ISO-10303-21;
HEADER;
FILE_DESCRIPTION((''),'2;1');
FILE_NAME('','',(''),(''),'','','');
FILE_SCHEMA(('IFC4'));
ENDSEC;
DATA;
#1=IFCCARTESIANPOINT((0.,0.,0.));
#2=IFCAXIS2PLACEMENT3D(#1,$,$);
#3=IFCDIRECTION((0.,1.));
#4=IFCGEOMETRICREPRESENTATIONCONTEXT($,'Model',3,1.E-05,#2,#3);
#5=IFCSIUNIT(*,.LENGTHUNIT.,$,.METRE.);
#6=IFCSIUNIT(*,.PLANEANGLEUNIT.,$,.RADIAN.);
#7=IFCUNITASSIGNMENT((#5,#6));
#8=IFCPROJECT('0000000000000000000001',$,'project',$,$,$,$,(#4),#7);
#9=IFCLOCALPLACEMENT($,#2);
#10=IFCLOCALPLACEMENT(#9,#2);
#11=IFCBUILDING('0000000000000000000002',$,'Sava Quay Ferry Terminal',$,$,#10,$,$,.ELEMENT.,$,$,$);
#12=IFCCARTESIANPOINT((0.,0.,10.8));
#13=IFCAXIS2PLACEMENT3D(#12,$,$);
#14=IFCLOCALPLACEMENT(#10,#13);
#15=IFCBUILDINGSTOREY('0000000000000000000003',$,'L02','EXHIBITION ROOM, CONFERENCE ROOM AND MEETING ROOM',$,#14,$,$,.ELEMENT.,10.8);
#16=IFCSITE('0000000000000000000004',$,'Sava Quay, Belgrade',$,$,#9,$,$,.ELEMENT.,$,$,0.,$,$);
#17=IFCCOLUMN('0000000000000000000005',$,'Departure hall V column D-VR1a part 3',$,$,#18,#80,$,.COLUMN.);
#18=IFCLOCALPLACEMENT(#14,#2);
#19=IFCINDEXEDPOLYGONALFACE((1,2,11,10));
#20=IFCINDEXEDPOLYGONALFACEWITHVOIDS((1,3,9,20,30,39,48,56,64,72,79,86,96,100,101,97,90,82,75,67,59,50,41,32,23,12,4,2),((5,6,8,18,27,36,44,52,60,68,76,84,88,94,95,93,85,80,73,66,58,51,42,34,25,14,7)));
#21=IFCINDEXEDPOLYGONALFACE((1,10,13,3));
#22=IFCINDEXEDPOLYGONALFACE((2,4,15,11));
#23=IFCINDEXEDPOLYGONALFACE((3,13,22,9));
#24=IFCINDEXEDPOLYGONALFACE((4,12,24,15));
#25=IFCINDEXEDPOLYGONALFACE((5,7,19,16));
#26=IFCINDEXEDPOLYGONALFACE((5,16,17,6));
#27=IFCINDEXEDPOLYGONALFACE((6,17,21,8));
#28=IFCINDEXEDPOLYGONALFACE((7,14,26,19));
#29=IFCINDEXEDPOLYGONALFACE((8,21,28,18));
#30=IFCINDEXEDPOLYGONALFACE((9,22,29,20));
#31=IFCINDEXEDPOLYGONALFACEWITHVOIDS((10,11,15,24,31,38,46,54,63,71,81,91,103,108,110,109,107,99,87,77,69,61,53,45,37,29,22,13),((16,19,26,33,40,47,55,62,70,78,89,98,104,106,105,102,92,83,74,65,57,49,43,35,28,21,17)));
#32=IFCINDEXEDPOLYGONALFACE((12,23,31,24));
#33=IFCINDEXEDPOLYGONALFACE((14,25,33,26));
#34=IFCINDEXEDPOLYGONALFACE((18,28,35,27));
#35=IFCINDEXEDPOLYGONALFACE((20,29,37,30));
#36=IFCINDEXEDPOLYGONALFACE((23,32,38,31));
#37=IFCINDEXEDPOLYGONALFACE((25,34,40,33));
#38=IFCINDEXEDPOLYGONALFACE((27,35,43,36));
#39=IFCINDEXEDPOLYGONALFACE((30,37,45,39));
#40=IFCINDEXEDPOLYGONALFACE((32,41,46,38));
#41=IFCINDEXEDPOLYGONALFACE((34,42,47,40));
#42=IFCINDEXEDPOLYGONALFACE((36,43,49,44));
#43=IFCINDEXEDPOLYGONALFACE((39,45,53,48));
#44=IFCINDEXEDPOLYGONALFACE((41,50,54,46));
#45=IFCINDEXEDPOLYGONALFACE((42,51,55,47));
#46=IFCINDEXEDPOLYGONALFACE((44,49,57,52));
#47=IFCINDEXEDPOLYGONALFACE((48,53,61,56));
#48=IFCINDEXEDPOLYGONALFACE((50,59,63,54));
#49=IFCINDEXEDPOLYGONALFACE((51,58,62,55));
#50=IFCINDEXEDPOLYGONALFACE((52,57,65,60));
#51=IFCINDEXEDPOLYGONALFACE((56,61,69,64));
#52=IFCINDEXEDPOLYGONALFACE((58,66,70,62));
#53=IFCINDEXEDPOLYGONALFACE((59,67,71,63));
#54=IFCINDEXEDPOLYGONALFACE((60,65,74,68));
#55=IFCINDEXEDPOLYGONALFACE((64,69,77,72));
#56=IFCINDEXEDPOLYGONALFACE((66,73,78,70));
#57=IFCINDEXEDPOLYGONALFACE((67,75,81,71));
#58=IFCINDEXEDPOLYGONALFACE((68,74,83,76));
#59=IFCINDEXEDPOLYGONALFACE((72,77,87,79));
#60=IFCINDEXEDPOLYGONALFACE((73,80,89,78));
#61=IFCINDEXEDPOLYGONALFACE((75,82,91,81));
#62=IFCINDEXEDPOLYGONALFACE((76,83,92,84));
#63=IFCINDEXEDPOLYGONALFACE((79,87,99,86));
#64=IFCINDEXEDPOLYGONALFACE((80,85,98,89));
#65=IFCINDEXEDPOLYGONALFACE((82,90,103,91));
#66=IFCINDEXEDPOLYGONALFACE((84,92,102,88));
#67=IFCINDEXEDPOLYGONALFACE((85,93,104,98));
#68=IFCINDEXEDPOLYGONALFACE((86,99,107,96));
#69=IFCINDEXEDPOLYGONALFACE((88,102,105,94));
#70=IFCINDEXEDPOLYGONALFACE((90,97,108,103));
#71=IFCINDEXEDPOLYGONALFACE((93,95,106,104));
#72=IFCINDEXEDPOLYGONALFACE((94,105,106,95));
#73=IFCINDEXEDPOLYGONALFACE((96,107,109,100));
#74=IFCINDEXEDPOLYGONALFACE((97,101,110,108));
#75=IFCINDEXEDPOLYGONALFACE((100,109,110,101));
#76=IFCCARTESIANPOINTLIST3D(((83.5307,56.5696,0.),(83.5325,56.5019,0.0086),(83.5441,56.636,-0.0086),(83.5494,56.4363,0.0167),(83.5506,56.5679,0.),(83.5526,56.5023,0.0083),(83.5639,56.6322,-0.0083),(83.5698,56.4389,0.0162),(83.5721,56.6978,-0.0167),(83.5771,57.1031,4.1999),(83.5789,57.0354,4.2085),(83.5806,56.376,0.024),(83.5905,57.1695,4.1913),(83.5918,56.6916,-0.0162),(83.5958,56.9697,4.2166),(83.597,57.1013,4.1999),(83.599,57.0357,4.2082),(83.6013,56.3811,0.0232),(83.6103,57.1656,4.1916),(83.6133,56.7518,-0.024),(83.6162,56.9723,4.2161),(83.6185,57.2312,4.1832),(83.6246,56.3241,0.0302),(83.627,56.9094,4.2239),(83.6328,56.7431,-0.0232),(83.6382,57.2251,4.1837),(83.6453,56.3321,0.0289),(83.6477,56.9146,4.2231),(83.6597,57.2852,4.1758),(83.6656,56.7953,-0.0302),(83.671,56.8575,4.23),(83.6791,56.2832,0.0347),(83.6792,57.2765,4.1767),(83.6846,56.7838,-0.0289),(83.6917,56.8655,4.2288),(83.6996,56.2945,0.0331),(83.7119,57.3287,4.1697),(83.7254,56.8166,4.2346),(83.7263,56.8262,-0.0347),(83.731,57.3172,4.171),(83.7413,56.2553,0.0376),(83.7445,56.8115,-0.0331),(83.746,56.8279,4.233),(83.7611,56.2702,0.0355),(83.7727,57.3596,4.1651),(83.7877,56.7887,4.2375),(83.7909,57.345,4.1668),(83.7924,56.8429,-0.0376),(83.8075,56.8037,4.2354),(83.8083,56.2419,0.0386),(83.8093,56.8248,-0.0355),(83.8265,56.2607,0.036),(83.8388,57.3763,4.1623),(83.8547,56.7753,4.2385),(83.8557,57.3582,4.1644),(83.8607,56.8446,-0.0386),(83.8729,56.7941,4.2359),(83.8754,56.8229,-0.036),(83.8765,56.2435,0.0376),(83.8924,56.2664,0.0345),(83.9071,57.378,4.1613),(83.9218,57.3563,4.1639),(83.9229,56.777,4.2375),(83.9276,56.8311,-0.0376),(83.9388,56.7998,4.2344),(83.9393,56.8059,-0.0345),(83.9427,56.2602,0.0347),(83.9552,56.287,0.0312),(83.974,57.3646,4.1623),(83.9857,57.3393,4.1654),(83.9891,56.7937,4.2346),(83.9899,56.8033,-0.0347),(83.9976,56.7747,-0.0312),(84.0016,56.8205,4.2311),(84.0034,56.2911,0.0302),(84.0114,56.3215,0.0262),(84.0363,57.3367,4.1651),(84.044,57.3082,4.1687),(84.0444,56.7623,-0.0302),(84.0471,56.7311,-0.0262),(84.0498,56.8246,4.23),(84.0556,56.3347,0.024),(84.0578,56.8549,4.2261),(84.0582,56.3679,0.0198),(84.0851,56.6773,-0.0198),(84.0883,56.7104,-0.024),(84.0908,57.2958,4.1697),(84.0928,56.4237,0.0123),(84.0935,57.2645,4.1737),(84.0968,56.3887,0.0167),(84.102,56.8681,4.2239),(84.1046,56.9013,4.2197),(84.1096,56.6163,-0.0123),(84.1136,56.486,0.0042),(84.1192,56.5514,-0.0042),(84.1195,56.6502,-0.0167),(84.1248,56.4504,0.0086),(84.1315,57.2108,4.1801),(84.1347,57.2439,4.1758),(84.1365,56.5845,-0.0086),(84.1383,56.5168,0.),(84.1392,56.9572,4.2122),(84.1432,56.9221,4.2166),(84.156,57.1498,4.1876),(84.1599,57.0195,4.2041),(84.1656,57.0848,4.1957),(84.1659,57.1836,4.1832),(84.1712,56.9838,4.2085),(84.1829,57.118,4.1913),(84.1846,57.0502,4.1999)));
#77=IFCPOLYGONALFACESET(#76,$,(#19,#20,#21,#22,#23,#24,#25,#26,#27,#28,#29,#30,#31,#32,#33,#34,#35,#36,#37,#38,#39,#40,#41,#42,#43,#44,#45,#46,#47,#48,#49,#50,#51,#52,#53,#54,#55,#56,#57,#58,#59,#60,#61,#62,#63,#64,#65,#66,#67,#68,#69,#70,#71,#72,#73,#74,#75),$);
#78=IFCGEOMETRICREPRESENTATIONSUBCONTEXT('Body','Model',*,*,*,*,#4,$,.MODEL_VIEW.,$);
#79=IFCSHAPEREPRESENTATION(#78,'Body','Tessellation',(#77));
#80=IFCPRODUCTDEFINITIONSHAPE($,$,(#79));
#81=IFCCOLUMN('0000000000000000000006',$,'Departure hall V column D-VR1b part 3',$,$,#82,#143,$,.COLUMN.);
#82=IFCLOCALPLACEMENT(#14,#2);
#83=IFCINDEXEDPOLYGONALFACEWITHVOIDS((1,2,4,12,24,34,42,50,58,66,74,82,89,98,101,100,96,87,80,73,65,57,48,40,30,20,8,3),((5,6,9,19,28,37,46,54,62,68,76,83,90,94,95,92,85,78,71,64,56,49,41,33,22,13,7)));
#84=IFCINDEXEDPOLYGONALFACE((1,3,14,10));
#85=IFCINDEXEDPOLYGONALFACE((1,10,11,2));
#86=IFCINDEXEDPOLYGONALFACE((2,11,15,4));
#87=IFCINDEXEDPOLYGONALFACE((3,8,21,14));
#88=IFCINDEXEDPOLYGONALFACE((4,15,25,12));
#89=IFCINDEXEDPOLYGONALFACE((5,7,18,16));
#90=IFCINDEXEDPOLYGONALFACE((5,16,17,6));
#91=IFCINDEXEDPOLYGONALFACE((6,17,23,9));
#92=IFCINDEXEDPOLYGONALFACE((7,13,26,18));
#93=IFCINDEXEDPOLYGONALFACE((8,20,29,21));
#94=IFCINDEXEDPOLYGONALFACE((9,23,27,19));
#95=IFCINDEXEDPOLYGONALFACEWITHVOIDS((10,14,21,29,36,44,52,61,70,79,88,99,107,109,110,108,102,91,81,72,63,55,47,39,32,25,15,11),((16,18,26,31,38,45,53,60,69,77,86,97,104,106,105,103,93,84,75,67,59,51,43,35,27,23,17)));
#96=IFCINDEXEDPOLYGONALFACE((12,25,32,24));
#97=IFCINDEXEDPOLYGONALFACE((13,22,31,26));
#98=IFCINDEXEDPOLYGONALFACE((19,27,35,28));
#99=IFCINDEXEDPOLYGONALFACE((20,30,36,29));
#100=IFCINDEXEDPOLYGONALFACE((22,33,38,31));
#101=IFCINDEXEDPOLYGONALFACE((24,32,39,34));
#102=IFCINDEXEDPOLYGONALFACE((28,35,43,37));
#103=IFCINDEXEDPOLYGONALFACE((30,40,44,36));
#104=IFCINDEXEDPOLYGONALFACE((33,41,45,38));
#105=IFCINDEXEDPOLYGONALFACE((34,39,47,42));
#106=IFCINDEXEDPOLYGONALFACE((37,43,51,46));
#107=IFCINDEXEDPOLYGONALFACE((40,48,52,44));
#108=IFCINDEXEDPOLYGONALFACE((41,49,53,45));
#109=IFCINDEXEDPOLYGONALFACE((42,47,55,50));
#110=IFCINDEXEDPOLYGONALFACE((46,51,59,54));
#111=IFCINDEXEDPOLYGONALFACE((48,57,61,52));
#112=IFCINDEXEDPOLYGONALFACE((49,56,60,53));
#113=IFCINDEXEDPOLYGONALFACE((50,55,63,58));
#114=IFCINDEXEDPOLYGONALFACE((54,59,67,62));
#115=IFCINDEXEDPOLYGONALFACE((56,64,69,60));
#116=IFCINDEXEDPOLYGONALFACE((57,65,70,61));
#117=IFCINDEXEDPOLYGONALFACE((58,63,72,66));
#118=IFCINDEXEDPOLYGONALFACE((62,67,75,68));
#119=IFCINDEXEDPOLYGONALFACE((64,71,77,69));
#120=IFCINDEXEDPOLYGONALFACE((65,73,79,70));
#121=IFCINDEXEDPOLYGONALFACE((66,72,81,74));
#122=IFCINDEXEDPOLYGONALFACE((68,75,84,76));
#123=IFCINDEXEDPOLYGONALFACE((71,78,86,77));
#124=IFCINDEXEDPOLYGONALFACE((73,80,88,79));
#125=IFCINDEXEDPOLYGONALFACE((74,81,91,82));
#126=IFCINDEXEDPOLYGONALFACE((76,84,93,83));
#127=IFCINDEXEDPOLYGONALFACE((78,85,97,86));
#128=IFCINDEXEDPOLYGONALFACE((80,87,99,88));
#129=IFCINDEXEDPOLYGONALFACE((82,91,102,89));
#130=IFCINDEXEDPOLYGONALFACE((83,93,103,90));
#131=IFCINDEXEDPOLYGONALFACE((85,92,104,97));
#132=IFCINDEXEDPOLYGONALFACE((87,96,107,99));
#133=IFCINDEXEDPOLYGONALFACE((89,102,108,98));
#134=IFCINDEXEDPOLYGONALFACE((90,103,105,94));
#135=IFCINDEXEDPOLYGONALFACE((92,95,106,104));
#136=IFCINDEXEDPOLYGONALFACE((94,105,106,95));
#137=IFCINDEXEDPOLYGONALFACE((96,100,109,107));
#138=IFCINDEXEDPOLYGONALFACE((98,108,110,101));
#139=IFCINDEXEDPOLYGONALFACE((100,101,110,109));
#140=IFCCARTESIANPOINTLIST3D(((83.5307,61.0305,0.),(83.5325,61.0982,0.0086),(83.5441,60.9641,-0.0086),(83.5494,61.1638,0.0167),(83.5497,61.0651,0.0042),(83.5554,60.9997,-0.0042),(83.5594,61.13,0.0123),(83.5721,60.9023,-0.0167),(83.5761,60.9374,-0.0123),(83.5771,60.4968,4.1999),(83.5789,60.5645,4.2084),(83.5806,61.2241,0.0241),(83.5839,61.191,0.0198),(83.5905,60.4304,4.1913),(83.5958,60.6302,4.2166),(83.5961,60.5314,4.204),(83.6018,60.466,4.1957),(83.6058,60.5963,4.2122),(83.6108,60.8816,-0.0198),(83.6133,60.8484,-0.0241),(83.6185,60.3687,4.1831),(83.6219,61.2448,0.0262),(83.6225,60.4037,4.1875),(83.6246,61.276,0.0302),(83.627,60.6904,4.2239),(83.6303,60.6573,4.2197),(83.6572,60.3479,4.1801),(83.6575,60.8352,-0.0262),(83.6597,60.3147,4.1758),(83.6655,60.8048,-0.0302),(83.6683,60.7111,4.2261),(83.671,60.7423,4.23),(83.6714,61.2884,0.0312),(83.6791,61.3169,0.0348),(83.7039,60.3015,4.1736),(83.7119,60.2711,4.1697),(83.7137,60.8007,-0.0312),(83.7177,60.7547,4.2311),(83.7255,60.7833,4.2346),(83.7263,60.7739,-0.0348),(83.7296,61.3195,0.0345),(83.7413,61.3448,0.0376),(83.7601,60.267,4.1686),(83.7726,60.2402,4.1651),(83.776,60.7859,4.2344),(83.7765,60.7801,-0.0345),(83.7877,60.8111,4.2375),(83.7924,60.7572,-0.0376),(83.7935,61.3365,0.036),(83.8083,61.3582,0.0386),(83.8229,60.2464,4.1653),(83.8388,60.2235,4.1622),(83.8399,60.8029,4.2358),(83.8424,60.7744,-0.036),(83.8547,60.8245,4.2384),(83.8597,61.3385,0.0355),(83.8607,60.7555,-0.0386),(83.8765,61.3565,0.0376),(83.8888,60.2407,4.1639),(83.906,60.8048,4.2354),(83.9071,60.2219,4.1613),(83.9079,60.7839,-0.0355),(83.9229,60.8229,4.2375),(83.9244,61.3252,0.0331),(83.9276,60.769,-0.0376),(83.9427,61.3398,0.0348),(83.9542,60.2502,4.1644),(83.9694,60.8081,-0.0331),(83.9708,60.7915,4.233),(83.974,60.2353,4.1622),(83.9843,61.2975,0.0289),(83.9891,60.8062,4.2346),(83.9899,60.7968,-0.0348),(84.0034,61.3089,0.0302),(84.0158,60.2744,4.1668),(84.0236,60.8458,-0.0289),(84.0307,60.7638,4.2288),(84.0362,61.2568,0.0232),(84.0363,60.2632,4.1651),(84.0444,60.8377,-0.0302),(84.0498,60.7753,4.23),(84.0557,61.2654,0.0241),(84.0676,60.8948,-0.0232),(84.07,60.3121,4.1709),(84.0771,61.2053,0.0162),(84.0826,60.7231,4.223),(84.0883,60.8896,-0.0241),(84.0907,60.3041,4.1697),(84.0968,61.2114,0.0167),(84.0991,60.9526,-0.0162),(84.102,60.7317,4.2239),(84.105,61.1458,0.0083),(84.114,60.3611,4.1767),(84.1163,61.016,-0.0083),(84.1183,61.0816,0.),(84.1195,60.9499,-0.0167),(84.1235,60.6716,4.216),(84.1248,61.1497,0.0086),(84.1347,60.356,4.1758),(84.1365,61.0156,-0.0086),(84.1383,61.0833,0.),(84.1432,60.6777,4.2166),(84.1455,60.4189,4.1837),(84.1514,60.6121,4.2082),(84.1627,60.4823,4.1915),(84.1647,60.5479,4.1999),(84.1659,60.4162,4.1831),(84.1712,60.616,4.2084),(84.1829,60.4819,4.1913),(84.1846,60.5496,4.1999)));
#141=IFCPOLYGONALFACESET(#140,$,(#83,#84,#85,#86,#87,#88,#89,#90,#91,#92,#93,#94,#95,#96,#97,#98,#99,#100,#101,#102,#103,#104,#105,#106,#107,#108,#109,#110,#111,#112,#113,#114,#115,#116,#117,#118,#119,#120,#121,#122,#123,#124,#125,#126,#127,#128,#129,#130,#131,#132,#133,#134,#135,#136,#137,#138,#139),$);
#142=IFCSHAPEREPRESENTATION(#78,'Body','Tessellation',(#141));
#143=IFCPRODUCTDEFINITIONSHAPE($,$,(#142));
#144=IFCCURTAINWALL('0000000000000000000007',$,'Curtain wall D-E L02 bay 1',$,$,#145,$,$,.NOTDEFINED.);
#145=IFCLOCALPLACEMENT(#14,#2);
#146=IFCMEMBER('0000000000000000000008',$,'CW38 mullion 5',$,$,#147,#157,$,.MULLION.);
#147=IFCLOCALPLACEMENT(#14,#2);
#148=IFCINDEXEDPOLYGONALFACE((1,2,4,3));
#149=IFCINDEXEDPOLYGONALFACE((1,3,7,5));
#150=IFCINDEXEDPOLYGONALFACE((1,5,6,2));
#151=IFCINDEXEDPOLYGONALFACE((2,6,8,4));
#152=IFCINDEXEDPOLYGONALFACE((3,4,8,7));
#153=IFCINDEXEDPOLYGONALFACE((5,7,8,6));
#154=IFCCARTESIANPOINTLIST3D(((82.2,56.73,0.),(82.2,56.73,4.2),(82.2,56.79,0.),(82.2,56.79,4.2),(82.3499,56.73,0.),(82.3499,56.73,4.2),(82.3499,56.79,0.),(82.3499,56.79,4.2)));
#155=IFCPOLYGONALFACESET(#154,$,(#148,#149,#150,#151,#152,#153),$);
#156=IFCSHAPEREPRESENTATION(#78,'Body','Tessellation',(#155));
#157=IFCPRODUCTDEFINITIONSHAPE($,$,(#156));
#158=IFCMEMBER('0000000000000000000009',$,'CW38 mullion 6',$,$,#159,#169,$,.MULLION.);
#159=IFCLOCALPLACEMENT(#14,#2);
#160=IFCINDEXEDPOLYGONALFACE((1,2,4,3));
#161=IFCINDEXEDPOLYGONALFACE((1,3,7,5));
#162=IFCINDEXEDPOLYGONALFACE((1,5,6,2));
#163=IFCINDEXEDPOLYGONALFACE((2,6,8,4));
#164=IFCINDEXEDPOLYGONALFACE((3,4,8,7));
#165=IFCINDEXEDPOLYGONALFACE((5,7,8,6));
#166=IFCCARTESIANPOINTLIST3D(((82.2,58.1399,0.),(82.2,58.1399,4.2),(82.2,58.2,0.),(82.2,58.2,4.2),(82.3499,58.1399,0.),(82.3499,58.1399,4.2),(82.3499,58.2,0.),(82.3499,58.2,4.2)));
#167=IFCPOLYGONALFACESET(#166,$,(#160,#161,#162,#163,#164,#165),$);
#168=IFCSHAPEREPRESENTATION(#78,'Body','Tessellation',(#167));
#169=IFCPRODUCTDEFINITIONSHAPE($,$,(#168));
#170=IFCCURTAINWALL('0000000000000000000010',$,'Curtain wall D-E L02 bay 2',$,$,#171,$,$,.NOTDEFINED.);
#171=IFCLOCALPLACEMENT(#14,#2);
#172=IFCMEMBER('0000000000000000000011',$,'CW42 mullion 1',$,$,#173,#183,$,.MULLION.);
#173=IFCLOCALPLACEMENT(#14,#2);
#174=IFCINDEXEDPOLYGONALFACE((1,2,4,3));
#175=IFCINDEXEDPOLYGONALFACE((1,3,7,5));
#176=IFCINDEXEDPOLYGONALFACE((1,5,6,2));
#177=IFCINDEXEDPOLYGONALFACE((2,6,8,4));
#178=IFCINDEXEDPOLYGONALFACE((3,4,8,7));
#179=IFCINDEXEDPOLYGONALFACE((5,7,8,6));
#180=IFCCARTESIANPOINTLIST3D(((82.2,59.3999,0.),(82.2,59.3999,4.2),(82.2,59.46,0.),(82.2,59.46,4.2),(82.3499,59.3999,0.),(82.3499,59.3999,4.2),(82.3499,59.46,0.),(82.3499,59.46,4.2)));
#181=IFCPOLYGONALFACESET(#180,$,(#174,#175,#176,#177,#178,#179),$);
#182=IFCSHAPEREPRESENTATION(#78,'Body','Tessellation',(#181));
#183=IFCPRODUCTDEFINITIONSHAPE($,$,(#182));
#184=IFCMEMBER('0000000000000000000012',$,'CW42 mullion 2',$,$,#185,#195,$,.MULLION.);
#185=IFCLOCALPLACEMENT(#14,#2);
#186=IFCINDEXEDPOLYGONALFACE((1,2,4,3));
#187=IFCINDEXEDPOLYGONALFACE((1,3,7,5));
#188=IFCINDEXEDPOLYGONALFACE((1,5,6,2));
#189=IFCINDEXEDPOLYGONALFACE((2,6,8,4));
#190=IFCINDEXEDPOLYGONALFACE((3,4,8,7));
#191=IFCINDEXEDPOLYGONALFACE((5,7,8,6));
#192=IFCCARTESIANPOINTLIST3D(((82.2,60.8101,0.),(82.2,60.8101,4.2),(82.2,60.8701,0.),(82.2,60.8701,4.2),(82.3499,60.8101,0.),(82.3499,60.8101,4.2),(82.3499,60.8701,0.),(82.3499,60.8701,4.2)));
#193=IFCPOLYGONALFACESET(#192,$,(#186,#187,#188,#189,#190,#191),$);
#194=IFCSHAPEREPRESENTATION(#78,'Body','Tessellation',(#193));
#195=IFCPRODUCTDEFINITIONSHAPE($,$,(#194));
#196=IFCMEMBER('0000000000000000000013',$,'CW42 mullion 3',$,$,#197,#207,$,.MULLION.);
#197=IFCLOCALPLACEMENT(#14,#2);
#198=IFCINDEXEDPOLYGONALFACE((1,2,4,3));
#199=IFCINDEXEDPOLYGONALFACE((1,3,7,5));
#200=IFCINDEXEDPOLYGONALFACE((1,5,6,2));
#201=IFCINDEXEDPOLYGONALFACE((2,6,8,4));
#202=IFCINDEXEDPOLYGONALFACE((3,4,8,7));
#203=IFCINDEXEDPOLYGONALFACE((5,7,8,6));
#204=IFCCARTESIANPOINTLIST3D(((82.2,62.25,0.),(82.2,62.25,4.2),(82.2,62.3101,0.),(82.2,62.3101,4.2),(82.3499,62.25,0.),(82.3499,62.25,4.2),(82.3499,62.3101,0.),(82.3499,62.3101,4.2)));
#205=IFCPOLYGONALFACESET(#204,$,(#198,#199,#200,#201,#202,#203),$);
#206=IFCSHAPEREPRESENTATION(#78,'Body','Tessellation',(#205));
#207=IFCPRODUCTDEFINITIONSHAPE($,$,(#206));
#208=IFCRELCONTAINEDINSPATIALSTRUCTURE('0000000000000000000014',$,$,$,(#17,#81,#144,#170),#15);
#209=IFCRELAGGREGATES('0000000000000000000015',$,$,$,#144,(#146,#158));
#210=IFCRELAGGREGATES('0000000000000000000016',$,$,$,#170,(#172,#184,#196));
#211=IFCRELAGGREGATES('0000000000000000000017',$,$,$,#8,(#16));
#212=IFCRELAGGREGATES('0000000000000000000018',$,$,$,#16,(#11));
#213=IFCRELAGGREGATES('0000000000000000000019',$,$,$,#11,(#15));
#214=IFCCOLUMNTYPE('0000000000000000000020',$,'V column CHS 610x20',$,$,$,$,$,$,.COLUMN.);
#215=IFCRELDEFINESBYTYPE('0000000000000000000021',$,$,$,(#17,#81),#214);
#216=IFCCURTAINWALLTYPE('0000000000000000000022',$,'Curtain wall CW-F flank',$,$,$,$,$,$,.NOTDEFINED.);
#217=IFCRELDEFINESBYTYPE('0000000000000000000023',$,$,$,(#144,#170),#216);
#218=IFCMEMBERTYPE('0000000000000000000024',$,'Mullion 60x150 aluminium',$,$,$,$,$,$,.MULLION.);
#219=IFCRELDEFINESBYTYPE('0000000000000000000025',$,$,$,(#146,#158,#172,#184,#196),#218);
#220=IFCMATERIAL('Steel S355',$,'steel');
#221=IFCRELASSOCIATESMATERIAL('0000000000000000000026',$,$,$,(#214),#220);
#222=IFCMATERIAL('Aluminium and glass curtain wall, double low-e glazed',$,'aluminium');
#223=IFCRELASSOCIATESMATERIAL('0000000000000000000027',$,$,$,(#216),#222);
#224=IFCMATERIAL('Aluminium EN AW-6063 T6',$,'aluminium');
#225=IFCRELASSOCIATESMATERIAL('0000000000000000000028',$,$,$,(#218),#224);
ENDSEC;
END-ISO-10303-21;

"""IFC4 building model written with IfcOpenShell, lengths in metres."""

from ifc_helpers import new_model, si_unit, direction, frame, origin, origin_2d, place, context, subcontext, project, spatial, rectangle, hollow_circle, extrude, material, material_profile, profile_set, type_object, element, aggregate, save


model = new_model("IFC4")

# Units and contexts
model_context = context("Model", 3, precision=1e-05, world=origin(), true_north=direction((0.0, 1.0)))
body_context = subcontext(model_context, "Body", "Model", "MODEL_VIEW")
ifc_project = project(units=[si_unit("LENGTHUNIT", "METRE"), si_unit("PLANEANGLEUNIT", "RADIAN")], contexts=[model_context])

# Site, building, storey
site_placement = place(None, origin())
site = spatial("IfcSite", under=ifc_project, at=site_placement, Name="Sava Quay, Belgrade", CompositionType="ELEMENT", RefElevation=0.0)
building_placement = place(site_placement, origin())
building = spatial("IfcBuilding", under=site, at=building_placement, Name="Sava Quay Ferry Terminal", CompositionType="ELEMENT")
storey_placement = place(building_placement, frame((0.0, 0.0, 10.8)))
storey = spatial("IfcBuildingStorey", under=building, at=storey_placement, Name="L02", Description="EXHIBITION ROOM, CONFERENCE ROOM AND MEETING ROOM", CompositionType="ELEMENT", Elevation=10.8)

# Columns
ifc_material_1 = material(Name="Steel S355", Category="steel")
ifc_material_profile_1 = material_profile(ifc_material_1, hollow_circle(Radius=0.3049, WallThickness=0.02, at=origin_2d()), Name="CHS 610 x 20.0")
ifc_profile_set_1 = profile_set([ifc_material_profile_1], Name="Steel S355")
column_type = type_object("IfcColumnType", Name="V column CHS 610x20", PredefinedType="COLUMN", material=ifc_profile_set_1)
for number, where, z_axis, x_axis, name in (
    (1, (83.8345, 56.5432, 0.0), (0.010956, 0.125993, 0.991971), (-0.996241, 0.08663, 0.0), "Departure hall V column D-VR1a part 3"),
    (2, (83.8345, 61.0569, 0.0), (0.010956, -0.12605, 0.991963), (0.996244, 0.08659, 0.0), "Departure hall V column D-VR1b part 3"),
):
    element("IfcColumn", number, at=place(storey_placement, frame(where, z_axis=z_axis, x_axis=x_axis)), inside=storey, type_object=column_type, Name=name, PredefinedType="COLUMN", context=body_context, shape_type="SweptSolid", body=[
        extrude(hollow_circle(Radius=0.3049, WallThickness=0.02, at=origin_2d()), origin(), (0.0, 0.0, 1.0), 4.2339),
    ])

# Curtain walls, members
ifc_material_2 = material(Name="Aluminium and glass curtain wall, double low-e glazed", Category="aluminium")
curtain_wall_type = type_object("IfcCurtainWallType", Name="Curtain wall CW-F flank", PredefinedType="NOTDEFINED", material=ifc_material_2)
curtain_wall_1_placement = place(storey_placement, origin())
curtain_wall_1 = element("IfcCurtainWall", 3, at=curtain_wall_1_placement, inside=storey, type_object=curtain_wall_type, Name="Curtain wall D-E L02 bay 1", PredefinedType="NOTDEFINED")
ifc_material_3 = material(Name="Aluminium EN AW-6063 T6", Category="aluminium")
ifc_material_profile_2 = material_profile(ifc_material_3, rectangle(XDim=0.1499, YDim=0.0601, at=origin_2d()), Name="Mullion 60x150 aluminium")
ifc_profile_set_2 = profile_set([ifc_material_profile_2], Name="Aluminium EN AW-6063 T6")
member_type_1 = type_object("IfcMemberType", Name="Mullion 60x150 aluminium", PredefinedType="MULLION", material=ifc_profile_set_2)
member_1_placement = place(storey_placement, frame((82.2749, 56.76, 0.0), z_axis=(0.0, 0.0, 1.0), x_axis=(-1.0, 0.0, 0.0)))
member_1 = element("IfcMember", 4, at=member_1_placement, type_object=member_type_1, Name="CW38 mullion 5", PredefinedType="MULLION", context=body_context, shape_type="SweptSolid", body=[
    extrude(rectangle(XDim=0.1499, YDim=0.0601, at=origin_2d()), origin(), (0.0, 0.0, 1.0), 4.2),
])
member_2_placement = place(storey_placement, frame((82.2749, 58.1699, 0.0), z_axis=(0.0, 0.0, 1.0), x_axis=(-1.0, 0.0, 0.0)))
member_2 = element("IfcMember", 5, at=member_2_placement, type_object=member_type_1, Name="CW38 mullion 6", PredefinedType="MULLION", context=body_context, shape_type="SweptSolid", body=[
    extrude(rectangle(XDim=0.1499, YDim=0.0601, at=origin_2d()), origin(), (0.0, 0.0, 1.0), 4.2),
])
curtain_wall_2_placement = place(storey_placement, origin())
curtain_wall_2 = element("IfcCurtainWall", 6, at=curtain_wall_2_placement, inside=storey, type_object=curtain_wall_type, Name="Curtain wall D-E L02 bay 2", PredefinedType="NOTDEFINED")
member_3_placement = place(storey_placement, frame((82.2749, 59.4299, 0.0), z_axis=(0.0, 0.0, 1.0), x_axis=(-1.0, 0.0, 0.0)))
member_3 = element("IfcMember", 7, at=member_3_placement, type_object=member_type_1, Name="CW42 mullion 1", PredefinedType="MULLION", context=body_context, shape_type="SweptSolid", body=[
    extrude(rectangle(XDim=0.1499, YDim=0.0601, at=origin_2d()), origin(), (0.0, 0.0, 1.0), 4.2),
])
member_4_placement = place(storey_placement, frame((82.2749, 60.8401, 0.0), z_axis=(0.0, 0.0, 1.0), x_axis=(-1.0, 0.0, 0.0)))
member_4 = element("IfcMember", 8, at=member_4_placement, type_object=member_type_1, Name="CW42 mullion 2", PredefinedType="MULLION", context=body_context, shape_type="SweptSolid", body=[
    extrude(rectangle(XDim=0.1499, YDim=0.0601, at=origin_2d()), origin(), (0.0, 0.0, 1.0), 4.2),
])
member_5_placement = place(storey_placement, frame((82.2749, 62.28, 0.0), z_axis=(0.0, 0.0, 1.0), x_axis=(-1.0, 0.0, 0.0)))
member_5 = element("IfcMember", 9, at=member_5_placement, type_object=member_type_1, Name="CW42 mullion 3", PredefinedType="MULLION", context=body_context, shape_type="SweptSolid", body=[
    extrude(rectangle(XDim=0.1499, YDim=0.0601, at=origin_2d()), origin(), (0.0, 0.0, 1.0), 4.2),
])

aggregate(curtain_wall_1, [member_1, member_2])
aggregate(curtain_wall_2, [member_3, member_4, member_5])

save(model, "model.ifc")
